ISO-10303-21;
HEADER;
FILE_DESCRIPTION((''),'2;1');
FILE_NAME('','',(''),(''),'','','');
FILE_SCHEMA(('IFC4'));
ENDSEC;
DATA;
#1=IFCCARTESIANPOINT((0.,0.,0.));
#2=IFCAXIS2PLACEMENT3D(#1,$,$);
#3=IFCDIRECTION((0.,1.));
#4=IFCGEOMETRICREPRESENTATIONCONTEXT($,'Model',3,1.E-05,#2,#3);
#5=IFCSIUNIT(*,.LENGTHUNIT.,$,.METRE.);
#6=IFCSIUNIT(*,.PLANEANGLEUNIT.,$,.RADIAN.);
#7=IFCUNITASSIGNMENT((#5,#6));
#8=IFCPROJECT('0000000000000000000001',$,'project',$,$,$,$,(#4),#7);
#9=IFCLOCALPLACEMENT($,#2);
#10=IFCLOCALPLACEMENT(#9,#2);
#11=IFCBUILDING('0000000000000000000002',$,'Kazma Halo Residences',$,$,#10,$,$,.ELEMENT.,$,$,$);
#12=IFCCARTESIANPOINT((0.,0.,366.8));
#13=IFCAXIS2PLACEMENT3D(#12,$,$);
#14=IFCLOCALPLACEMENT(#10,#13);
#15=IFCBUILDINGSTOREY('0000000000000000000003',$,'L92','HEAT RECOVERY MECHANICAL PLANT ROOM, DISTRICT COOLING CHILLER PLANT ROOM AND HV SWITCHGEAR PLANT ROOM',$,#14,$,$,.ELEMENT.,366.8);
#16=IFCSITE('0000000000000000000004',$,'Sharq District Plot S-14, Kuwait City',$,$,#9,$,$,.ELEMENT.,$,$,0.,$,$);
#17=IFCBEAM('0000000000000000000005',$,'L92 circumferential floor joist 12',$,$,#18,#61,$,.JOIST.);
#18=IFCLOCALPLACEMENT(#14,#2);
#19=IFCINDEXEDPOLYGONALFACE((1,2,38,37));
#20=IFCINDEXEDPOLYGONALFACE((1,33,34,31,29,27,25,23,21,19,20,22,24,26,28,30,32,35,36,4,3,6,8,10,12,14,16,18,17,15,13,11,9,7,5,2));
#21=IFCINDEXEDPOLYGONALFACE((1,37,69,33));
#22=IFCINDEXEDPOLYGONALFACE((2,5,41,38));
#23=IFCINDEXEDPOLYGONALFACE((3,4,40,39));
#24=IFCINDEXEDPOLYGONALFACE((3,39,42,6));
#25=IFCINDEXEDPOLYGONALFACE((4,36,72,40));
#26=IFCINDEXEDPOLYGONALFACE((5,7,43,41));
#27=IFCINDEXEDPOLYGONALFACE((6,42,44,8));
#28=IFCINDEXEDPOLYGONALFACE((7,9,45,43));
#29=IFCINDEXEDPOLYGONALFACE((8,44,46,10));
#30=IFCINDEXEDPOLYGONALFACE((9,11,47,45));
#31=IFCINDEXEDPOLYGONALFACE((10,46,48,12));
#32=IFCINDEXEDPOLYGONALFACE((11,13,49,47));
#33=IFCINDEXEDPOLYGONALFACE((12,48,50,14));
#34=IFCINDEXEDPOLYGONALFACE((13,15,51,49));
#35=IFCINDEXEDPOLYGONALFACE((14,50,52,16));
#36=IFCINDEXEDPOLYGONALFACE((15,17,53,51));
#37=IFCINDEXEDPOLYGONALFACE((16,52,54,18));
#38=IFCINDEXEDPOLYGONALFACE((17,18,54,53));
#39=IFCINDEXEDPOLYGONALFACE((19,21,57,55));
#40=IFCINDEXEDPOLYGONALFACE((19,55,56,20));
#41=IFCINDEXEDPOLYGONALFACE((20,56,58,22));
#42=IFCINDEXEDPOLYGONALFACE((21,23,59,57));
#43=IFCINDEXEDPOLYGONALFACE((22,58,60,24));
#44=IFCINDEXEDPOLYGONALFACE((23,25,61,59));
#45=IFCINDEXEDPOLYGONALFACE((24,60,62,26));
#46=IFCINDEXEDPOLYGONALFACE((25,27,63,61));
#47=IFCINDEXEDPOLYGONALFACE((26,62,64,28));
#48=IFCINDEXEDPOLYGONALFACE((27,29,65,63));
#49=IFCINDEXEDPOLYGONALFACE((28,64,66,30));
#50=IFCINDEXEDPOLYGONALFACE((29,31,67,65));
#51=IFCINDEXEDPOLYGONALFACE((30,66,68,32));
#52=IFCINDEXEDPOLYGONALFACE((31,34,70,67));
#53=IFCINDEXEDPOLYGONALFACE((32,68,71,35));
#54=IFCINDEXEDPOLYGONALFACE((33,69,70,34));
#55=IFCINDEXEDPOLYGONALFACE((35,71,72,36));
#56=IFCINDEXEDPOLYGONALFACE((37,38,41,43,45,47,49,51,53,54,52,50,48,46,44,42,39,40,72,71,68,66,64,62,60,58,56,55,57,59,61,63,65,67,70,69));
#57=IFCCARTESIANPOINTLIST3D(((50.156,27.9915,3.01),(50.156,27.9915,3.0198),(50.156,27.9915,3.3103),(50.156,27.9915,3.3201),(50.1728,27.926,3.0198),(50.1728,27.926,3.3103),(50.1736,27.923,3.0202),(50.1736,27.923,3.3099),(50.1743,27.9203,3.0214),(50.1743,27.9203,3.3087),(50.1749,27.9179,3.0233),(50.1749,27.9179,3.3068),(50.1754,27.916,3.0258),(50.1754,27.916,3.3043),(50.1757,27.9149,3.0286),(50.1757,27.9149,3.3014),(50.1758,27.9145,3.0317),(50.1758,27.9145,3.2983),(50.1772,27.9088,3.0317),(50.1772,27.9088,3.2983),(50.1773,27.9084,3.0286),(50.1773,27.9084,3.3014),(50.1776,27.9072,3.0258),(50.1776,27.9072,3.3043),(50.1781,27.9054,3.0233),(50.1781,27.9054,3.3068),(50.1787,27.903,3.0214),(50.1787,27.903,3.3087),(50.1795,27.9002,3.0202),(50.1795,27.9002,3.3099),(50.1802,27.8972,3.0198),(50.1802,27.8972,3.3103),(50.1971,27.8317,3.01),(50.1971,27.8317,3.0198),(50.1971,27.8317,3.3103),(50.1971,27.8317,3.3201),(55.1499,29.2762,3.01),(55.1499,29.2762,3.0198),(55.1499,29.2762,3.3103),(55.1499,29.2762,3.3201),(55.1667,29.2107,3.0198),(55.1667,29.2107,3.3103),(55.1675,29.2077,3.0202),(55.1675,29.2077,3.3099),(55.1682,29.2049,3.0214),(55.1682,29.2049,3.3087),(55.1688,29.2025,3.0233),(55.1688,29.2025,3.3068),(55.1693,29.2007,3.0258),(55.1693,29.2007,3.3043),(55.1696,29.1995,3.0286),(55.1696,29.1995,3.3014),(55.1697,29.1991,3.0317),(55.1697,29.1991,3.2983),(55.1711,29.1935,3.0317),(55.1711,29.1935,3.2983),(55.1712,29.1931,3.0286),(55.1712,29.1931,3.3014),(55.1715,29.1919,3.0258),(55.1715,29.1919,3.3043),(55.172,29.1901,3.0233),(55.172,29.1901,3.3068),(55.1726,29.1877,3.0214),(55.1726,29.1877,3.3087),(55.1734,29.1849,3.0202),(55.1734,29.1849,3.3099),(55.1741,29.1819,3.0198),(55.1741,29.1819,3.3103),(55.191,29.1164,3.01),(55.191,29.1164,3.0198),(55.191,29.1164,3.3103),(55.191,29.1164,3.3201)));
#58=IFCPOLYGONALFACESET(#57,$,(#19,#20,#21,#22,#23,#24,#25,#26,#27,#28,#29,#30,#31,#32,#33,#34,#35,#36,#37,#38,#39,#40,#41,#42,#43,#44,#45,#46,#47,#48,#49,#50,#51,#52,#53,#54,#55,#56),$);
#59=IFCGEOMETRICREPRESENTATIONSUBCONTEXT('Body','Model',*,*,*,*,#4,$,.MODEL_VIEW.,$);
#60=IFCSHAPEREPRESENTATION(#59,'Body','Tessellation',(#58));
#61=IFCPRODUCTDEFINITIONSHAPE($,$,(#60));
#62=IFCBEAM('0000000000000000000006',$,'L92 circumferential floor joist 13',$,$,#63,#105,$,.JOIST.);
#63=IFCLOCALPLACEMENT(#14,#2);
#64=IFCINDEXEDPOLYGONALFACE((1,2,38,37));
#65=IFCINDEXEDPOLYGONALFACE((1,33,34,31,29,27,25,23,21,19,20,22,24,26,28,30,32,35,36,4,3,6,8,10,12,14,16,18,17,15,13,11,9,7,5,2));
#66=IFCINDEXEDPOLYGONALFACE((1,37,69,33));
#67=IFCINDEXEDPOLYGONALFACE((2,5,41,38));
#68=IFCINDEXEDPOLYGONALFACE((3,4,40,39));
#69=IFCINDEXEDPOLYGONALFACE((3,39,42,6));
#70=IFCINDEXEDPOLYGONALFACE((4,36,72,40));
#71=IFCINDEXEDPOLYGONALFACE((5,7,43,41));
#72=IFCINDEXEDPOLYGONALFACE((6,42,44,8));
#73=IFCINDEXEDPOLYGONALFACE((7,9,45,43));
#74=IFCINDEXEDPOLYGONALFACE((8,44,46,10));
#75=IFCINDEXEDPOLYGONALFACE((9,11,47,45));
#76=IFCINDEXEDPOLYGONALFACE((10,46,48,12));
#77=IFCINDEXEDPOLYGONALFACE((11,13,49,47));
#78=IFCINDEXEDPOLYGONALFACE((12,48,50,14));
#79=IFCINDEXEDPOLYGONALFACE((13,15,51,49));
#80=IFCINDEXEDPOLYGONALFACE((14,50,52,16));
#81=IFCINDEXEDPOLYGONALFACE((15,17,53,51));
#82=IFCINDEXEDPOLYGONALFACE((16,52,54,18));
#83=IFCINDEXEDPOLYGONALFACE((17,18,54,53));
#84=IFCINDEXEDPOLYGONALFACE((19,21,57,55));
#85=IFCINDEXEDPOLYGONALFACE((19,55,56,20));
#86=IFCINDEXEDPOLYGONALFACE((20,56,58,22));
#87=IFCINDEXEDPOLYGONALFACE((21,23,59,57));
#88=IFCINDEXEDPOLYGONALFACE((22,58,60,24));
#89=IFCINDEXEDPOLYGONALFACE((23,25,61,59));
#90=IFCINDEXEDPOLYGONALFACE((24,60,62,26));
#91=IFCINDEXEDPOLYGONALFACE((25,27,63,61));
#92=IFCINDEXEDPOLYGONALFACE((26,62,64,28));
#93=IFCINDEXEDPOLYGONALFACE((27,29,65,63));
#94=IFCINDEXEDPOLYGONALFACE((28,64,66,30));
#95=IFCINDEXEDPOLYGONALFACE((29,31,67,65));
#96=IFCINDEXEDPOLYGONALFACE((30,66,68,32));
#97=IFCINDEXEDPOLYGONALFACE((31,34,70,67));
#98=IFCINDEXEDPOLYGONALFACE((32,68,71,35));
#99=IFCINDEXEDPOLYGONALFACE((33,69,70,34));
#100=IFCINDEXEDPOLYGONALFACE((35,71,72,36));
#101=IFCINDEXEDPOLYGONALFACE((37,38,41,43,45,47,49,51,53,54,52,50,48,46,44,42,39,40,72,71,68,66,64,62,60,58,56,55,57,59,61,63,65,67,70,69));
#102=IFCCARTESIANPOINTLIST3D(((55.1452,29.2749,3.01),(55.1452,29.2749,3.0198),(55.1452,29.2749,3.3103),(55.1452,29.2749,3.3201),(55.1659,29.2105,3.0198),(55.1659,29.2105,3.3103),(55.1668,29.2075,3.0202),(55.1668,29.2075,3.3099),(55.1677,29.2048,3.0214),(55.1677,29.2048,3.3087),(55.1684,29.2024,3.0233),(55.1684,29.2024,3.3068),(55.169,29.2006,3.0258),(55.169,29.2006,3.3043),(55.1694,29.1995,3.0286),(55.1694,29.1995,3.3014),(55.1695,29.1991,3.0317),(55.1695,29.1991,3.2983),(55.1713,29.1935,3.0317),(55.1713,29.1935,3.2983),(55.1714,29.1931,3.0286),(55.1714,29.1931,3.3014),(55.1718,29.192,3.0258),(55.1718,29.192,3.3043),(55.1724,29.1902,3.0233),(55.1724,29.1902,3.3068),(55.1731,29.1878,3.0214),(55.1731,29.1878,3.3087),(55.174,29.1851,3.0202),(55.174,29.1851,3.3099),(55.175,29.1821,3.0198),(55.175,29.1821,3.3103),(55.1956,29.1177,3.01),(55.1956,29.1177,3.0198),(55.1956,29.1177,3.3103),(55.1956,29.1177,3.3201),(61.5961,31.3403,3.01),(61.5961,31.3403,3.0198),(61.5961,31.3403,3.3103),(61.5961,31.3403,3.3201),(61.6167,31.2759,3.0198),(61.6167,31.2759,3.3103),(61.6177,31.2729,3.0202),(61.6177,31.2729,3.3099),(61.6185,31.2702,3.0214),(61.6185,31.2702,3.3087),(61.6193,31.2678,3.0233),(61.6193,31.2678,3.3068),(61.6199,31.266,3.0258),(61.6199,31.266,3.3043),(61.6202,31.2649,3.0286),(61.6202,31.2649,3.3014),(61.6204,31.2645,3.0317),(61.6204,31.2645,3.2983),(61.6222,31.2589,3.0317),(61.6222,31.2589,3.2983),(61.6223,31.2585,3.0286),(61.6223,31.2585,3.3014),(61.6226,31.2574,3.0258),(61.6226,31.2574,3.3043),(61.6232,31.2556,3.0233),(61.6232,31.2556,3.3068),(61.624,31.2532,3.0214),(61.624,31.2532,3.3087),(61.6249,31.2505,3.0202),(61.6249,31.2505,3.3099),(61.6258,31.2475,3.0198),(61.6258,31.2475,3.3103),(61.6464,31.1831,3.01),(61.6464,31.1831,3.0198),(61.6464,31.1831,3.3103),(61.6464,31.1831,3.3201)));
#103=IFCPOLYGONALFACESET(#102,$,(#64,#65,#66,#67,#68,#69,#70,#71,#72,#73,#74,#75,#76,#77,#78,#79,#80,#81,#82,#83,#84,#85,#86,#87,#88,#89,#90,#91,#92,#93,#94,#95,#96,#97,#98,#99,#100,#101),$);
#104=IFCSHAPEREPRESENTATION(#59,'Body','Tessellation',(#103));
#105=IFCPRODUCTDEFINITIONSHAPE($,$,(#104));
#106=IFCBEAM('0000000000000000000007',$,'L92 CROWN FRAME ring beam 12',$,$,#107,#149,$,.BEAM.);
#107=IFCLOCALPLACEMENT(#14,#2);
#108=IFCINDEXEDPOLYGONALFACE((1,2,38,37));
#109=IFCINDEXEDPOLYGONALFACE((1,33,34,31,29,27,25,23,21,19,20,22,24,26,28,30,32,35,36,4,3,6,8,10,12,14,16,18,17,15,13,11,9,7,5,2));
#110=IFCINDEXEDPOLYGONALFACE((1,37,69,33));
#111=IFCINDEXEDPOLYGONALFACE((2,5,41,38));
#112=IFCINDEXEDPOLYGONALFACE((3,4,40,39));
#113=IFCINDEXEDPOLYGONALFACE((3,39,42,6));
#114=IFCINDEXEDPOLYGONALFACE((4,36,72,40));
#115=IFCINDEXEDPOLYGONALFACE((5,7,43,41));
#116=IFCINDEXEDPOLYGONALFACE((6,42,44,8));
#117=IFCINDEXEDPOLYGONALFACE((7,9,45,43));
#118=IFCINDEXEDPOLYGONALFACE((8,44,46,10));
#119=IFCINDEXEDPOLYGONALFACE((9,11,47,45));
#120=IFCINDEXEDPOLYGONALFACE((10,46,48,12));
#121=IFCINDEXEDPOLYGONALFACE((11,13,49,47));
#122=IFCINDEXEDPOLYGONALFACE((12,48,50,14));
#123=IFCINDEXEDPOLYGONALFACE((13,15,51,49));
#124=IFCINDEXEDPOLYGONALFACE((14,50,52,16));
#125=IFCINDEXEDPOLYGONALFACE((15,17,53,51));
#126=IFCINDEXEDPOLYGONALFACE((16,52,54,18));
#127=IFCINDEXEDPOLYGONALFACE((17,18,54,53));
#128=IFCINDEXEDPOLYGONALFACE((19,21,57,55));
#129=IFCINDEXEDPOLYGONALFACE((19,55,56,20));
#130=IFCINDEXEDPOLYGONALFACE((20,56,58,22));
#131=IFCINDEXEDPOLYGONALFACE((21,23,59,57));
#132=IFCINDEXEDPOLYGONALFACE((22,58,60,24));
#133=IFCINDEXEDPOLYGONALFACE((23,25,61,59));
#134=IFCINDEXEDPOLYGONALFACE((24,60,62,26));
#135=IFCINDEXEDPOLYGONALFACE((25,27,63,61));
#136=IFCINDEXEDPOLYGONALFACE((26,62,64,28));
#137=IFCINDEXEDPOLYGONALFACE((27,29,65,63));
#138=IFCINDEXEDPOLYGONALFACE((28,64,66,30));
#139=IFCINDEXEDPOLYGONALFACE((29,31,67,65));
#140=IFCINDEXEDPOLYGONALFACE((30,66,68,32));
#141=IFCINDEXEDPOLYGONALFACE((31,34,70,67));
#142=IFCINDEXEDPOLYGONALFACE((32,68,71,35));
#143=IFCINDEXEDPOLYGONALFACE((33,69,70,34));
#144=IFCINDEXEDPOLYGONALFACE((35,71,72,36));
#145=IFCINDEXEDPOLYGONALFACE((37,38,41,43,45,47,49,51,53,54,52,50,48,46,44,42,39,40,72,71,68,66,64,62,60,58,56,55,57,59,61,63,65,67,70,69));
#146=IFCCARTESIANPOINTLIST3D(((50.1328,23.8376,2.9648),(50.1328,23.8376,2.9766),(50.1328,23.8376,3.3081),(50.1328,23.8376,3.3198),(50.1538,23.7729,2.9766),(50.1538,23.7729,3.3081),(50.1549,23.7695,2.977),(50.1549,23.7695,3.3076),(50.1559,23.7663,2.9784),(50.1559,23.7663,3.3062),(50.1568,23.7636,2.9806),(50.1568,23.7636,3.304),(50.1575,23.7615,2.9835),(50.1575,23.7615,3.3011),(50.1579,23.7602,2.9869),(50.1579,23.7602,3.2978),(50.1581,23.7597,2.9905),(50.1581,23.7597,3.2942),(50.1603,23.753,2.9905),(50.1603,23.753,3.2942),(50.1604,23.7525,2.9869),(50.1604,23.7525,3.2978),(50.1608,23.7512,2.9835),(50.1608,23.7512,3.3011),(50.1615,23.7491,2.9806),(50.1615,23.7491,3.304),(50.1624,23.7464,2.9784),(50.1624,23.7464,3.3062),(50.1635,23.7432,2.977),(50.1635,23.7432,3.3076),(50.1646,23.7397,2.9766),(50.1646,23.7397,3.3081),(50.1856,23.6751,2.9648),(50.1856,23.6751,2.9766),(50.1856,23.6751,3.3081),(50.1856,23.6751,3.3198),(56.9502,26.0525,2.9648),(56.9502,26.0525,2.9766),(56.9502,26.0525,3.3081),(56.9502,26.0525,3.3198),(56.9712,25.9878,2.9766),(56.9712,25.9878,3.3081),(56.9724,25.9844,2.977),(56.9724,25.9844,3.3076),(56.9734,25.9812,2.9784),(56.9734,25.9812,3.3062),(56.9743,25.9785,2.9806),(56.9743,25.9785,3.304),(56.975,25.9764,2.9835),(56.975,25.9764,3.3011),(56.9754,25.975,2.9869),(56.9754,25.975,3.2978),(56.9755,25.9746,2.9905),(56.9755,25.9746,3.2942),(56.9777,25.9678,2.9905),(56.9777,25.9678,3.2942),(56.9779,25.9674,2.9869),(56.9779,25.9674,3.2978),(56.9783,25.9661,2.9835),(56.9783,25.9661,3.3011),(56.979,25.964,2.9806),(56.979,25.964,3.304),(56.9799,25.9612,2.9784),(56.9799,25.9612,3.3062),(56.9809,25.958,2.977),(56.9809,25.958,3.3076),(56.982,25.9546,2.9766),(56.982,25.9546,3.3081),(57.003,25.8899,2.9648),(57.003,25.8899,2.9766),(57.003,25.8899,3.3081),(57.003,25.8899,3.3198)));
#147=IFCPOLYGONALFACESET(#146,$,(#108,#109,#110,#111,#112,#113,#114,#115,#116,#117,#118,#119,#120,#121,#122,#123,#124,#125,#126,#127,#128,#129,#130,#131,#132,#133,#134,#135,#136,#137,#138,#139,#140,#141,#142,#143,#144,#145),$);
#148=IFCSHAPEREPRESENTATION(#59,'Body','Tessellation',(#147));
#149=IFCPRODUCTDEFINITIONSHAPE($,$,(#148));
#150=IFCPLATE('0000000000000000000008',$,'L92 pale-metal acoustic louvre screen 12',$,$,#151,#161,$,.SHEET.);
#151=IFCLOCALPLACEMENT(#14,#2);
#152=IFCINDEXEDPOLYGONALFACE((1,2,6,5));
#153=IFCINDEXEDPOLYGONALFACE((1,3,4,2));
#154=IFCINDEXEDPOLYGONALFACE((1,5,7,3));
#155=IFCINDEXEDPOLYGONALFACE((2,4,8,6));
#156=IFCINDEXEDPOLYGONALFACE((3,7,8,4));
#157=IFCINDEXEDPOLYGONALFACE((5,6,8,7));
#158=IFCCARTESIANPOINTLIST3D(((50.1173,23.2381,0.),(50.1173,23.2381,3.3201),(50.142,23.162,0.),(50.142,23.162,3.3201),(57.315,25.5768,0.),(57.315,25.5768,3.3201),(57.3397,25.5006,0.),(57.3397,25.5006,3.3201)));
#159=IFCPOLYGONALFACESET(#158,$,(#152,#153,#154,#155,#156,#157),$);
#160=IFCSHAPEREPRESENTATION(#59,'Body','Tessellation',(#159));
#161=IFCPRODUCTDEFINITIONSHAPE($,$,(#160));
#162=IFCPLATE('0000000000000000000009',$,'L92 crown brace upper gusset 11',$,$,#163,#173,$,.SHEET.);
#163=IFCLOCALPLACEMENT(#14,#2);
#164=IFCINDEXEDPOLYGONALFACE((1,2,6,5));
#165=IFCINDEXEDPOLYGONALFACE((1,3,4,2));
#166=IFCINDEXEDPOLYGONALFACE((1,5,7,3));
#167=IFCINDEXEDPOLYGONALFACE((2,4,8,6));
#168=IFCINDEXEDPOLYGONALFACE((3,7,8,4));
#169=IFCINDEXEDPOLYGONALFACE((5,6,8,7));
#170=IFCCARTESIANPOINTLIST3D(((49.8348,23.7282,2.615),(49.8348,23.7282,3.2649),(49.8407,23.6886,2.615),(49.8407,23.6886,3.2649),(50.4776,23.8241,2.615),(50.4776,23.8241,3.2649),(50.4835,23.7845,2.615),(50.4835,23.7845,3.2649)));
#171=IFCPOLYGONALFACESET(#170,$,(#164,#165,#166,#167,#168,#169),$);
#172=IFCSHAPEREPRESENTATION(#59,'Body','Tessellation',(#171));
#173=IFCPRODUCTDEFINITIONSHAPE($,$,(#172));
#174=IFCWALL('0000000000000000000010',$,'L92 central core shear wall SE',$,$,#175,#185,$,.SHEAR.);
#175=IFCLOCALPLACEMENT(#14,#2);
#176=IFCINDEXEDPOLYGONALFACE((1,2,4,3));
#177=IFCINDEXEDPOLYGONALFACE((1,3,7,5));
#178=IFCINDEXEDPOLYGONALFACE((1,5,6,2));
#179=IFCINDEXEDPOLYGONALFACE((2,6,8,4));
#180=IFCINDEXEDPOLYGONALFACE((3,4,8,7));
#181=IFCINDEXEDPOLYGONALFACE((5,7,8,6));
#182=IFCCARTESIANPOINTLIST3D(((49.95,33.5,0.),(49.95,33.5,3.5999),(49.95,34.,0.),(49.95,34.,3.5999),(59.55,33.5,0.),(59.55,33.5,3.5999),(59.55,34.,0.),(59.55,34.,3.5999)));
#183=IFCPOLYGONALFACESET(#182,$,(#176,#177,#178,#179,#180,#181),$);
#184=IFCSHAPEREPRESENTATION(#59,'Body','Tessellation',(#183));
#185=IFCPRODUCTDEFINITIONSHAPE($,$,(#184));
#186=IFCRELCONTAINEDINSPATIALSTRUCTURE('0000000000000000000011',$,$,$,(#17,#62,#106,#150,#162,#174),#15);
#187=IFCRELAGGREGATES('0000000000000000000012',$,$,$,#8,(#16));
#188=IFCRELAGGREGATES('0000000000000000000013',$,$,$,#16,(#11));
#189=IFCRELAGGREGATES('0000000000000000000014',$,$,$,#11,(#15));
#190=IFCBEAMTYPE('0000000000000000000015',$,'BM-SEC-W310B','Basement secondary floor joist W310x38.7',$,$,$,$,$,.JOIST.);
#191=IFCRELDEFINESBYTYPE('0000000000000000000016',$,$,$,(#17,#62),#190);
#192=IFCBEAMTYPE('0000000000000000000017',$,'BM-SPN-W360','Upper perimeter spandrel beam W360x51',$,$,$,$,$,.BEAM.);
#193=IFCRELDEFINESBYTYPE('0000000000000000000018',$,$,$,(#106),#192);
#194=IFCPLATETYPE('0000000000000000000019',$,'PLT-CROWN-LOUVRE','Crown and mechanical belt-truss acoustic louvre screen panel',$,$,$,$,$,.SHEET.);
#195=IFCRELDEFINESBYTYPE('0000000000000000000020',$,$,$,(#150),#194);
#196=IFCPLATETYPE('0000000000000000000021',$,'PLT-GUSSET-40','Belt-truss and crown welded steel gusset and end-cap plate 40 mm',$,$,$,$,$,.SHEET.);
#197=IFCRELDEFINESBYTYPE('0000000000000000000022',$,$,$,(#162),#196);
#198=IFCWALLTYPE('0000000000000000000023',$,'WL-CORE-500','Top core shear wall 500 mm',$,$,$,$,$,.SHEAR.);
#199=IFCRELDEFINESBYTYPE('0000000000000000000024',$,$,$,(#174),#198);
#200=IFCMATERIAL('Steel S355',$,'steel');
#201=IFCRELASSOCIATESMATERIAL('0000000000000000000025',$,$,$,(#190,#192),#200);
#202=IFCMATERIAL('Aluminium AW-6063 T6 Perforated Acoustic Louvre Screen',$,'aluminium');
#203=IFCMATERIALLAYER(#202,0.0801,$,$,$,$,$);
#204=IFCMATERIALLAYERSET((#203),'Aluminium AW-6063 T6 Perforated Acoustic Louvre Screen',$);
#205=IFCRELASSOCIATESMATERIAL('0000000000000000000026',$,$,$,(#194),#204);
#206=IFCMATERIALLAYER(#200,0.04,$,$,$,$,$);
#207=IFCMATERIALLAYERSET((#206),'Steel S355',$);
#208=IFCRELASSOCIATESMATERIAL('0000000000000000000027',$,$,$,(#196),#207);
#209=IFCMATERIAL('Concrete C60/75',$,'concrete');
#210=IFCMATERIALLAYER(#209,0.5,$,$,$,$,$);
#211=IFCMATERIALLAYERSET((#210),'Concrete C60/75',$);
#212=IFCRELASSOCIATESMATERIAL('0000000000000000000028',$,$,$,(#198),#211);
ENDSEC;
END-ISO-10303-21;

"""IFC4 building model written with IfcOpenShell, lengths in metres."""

from ifc_helpers import new_model, si_unit, direction, frame, frame_2d, origin, origin_2d, place, context, subcontext, project, spatial, rectangle, i_section, extrude, material, layer, layer_set, material_profile, profile_set, type_object, element, save


model = new_model("IFC4")

# Units and contexts
model_context = context("Model", 3, precision=1e-05, world=origin(), true_north=direction((0.0, 1.0)))
body_context = subcontext(model_context, "Body", "Model", "MODEL_VIEW")
ifc_project = project(units=[si_unit("LENGTHUNIT", "METRE"), si_unit("PLANEANGLEUNIT", "RADIAN")], contexts=[model_context])

# Site, building, storey
site_placement = place(None, origin())
site = spatial("IfcSite", under=ifc_project, at=site_placement, Name="Sharq District Plot S-14, Kuwait City", CompositionType="ELEMENT", RefElevation=0.0)
building_placement = place(site_placement, origin())
building = spatial("IfcBuilding", under=site, at=building_placement, Name="Kazma Halo Residences", CompositionType="ELEMENT")
storey_placement = place(building_placement, frame((0.0, 0.0, 366.8)))
storey = spatial("IfcBuildingStorey", under=building, at=storey_placement, Name="L92", Description="HEAT RECOVERY MECHANICAL PLANT ROOM, DISTRICT COOLING CHILLER PLANT ROOM AND HV SWITCHGEAR PLANT ROOM", CompositionType="ELEMENT", Elevation=366.8)

# Shared definitions
ifc_material_1 = material(Name="Steel S355", Category="steel")

# Beams
ifc_material_profile_1 = material_profile(ifc_material_1, i_section(OverallWidth=0.165, OverallDepth=0.3101, WebThickness=0.0059, FlangeThickness=0.0098, FilletRadius=0.012, at=origin_2d()), Name="W310x38.7")
ifc_profile_set_1 = profile_set([ifc_material_profile_1], Name="Steel S355")
beam_type_1 = type_object("IfcBeamType", Name="BM-SEC-W310B", Description="Basement secondary floor joist W310x38.7", PredefinedType="JOIST", material=ifc_profile_set_1)
beam_1_placement = place(storey_placement, frame((50.1765, 27.9116, 3.165), z_axis=(0.968468, 0.249136, 0.0), x_axis=(-0.249136, 0.968468, 0.0)))
element("IfcBeam", 1, at=beam_1_placement, inside=storey, type_object=beam_type_1, Name="L92 circumferential floor joist 12", PredefinedType="JOIST", context=body_context, shape_type="SweptSolid", body=[
    extrude(i_section(OverallWidth=0.165, OverallDepth=0.3101, WebThickness=0.0059, FlangeThickness=0.0098, FilletRadius=0.012, at=origin_2d()), origin(), (0.0, 0.0, 1.0), 5.1565),
])
beam_2_placement = place(storey_placement, frame((55.1704, 29.1963, 3.165), z_axis=(0.952376, 0.304927, 0.0), x_axis=(-0.304927, 0.952376, 0.0)))
element("IfcBeam", 2, at=beam_2_placement, inside=storey, type_object=beam_type_1, Name="L92 circumferential floor joist 13", PredefinedType="JOIST", context=body_context, shape_type="SweptSolid", body=[
    extrude(i_section(OverallWidth=0.165, OverallDepth=0.3101, WebThickness=0.0059, FlangeThickness=0.0098, FilletRadius=0.012, at=origin_2d()), origin(), (0.0, 0.0, 1.0), 6.7734),
])
ifc_material_profile_2 = material_profile(ifc_material_1, i_section(OverallWidth=0.1709, OverallDepth=0.355, WebThickness=0.0071, FlangeThickness=0.0117, FilletRadius=0.0139, at=origin_2d()), Name="W360x51")
ifc_profile_set_2 = profile_set([ifc_material_profile_2], Name="Steel S355")
beam_type_2 = type_object("IfcBeamType", Name="BM-SPN-W360", Description="Upper perimeter spandrel beam W360x51", PredefinedType="BEAM", material=ifc_profile_set_2)
beam_3_placement = place(storey_placement, frame((50.1592, 23.7563, 3.1423), z_axis=(0.951067, 0.308984, 0.0), x_axis=(-0.308984, 0.951067, 0.0)))
element("IfcBeam", 3, at=beam_3_placement, inside=storey, type_object=beam_type_2, Name="L92 CROWN FRAME ring beam 12", PredefinedType="BEAM", context=body_context, shape_type="SweptSolid", body=[
    extrude(i_section(OverallWidth=0.1709, OverallDepth=0.355, WebThickness=0.0071, FlangeThickness=0.0117, FilletRadius=0.0139, at=origin_2d()), origin(), (0.0, 0.0, 1.0), 7.1682),
])

# Plates
ifc_material_2 = material(Name="Aluminium AW-6063 T6 Perforated Acoustic Louvre Screen", Category="aluminium")
ifc_layer_1 = layer(ifc_material_2, 0.0801)
ifc_layer_set_1 = layer_set([ifc_layer_1], Name="Aluminium AW-6063 T6 Perforated Acoustic Louvre Screen")
plate_type_1 = type_object("IfcPlateType", Name="PLT-CROWN-LOUVRE", Description="Crown and mechanical belt-truss acoustic louvre screen panel", PredefinedType="SHEET", material=ifc_layer_set_1)
plate_1_placement = place(storey_placement, frame((53.7285, 24.3694, 0.0), z_axis=(0.0, 0.0, 1.0), x_axis=(0.951058, 0.309012, 0.0)))
element("IfcPlate", 4, at=plate_1_placement, inside=storey, type_object=plate_type_1, Name="L92 pale-metal acoustic louvre screen 12", PredefinedType="SHEET", context=body_context, shape_type="SweptSolid", body=[
    extrude(rectangle(XDim=7.5681, YDim=0.0801, at=origin_2d()), origin(), (0.0, 0.0, 1.0), 3.3201),
])
ifc_layer_2 = layer(ifc_material_1, 0.04)
ifc_layer_set_2 = layer_set([ifc_layer_2], Name="Steel S355")
plate_type_2 = type_object("IfcPlateType", Name="PLT-GUSSET-40", Description="Belt-truss and crown welded steel gusset and end-cap plate 40 mm", PredefinedType="SHEET", material=ifc_layer_set_2)
plate_2_placement = place(storey_placement, frame((50.1592, 23.7563, 2.615), z_axis=(0.0, 0.0, 1.0), x_axis=(0.989034, 0.147687, 0.0)))
element("IfcPlate", 5, at=plate_2_placement, inside=storey, type_object=plate_type_2, Name="L92 crown brace upper gusset 11", PredefinedType="SHEET", context=body_context, shape_type="SweptSolid", body=[
    extrude(rectangle(XDim=0.6499, YDim=0.04, at=origin_2d()), origin(), (0.0, 0.0, 1.0), 0.6499),
])

# Wall
ifc_material_3 = material(Name="Concrete C60/75", Category="concrete")
ifc_layer_3 = layer(ifc_material_3, 0.5)
ifc_layer_set_3 = layer_set([ifc_layer_3], Name="Concrete C60/75")
wall_type_1 = type_object("IfcWallType", Name="WL-CORE-500", Description="Top core shear wall 500 mm", PredefinedType="SHEAR", material=ifc_layer_set_3)
wall_1_placement = place(storey_placement, frame((49.95, 33.75, 0.0), z_axis=(0.0, 0.0, 1.0), x_axis=(1.0, 0.0, 0.0)))
element("IfcWall", 6, at=wall_1_placement, inside=storey, type_object=wall_type_1, Name="L92 central core shear wall SE", PredefinedType="SHEAR", context=body_context, shape_type="SweptSolid", body=[
    extrude(rectangle(XDim=9.6001, YDim=0.5, at=frame_2d((4.8, 0.0))), origin(), (0.0, 0.0, 1.0), 3.5999),
])

save(model, "model.ifc")
